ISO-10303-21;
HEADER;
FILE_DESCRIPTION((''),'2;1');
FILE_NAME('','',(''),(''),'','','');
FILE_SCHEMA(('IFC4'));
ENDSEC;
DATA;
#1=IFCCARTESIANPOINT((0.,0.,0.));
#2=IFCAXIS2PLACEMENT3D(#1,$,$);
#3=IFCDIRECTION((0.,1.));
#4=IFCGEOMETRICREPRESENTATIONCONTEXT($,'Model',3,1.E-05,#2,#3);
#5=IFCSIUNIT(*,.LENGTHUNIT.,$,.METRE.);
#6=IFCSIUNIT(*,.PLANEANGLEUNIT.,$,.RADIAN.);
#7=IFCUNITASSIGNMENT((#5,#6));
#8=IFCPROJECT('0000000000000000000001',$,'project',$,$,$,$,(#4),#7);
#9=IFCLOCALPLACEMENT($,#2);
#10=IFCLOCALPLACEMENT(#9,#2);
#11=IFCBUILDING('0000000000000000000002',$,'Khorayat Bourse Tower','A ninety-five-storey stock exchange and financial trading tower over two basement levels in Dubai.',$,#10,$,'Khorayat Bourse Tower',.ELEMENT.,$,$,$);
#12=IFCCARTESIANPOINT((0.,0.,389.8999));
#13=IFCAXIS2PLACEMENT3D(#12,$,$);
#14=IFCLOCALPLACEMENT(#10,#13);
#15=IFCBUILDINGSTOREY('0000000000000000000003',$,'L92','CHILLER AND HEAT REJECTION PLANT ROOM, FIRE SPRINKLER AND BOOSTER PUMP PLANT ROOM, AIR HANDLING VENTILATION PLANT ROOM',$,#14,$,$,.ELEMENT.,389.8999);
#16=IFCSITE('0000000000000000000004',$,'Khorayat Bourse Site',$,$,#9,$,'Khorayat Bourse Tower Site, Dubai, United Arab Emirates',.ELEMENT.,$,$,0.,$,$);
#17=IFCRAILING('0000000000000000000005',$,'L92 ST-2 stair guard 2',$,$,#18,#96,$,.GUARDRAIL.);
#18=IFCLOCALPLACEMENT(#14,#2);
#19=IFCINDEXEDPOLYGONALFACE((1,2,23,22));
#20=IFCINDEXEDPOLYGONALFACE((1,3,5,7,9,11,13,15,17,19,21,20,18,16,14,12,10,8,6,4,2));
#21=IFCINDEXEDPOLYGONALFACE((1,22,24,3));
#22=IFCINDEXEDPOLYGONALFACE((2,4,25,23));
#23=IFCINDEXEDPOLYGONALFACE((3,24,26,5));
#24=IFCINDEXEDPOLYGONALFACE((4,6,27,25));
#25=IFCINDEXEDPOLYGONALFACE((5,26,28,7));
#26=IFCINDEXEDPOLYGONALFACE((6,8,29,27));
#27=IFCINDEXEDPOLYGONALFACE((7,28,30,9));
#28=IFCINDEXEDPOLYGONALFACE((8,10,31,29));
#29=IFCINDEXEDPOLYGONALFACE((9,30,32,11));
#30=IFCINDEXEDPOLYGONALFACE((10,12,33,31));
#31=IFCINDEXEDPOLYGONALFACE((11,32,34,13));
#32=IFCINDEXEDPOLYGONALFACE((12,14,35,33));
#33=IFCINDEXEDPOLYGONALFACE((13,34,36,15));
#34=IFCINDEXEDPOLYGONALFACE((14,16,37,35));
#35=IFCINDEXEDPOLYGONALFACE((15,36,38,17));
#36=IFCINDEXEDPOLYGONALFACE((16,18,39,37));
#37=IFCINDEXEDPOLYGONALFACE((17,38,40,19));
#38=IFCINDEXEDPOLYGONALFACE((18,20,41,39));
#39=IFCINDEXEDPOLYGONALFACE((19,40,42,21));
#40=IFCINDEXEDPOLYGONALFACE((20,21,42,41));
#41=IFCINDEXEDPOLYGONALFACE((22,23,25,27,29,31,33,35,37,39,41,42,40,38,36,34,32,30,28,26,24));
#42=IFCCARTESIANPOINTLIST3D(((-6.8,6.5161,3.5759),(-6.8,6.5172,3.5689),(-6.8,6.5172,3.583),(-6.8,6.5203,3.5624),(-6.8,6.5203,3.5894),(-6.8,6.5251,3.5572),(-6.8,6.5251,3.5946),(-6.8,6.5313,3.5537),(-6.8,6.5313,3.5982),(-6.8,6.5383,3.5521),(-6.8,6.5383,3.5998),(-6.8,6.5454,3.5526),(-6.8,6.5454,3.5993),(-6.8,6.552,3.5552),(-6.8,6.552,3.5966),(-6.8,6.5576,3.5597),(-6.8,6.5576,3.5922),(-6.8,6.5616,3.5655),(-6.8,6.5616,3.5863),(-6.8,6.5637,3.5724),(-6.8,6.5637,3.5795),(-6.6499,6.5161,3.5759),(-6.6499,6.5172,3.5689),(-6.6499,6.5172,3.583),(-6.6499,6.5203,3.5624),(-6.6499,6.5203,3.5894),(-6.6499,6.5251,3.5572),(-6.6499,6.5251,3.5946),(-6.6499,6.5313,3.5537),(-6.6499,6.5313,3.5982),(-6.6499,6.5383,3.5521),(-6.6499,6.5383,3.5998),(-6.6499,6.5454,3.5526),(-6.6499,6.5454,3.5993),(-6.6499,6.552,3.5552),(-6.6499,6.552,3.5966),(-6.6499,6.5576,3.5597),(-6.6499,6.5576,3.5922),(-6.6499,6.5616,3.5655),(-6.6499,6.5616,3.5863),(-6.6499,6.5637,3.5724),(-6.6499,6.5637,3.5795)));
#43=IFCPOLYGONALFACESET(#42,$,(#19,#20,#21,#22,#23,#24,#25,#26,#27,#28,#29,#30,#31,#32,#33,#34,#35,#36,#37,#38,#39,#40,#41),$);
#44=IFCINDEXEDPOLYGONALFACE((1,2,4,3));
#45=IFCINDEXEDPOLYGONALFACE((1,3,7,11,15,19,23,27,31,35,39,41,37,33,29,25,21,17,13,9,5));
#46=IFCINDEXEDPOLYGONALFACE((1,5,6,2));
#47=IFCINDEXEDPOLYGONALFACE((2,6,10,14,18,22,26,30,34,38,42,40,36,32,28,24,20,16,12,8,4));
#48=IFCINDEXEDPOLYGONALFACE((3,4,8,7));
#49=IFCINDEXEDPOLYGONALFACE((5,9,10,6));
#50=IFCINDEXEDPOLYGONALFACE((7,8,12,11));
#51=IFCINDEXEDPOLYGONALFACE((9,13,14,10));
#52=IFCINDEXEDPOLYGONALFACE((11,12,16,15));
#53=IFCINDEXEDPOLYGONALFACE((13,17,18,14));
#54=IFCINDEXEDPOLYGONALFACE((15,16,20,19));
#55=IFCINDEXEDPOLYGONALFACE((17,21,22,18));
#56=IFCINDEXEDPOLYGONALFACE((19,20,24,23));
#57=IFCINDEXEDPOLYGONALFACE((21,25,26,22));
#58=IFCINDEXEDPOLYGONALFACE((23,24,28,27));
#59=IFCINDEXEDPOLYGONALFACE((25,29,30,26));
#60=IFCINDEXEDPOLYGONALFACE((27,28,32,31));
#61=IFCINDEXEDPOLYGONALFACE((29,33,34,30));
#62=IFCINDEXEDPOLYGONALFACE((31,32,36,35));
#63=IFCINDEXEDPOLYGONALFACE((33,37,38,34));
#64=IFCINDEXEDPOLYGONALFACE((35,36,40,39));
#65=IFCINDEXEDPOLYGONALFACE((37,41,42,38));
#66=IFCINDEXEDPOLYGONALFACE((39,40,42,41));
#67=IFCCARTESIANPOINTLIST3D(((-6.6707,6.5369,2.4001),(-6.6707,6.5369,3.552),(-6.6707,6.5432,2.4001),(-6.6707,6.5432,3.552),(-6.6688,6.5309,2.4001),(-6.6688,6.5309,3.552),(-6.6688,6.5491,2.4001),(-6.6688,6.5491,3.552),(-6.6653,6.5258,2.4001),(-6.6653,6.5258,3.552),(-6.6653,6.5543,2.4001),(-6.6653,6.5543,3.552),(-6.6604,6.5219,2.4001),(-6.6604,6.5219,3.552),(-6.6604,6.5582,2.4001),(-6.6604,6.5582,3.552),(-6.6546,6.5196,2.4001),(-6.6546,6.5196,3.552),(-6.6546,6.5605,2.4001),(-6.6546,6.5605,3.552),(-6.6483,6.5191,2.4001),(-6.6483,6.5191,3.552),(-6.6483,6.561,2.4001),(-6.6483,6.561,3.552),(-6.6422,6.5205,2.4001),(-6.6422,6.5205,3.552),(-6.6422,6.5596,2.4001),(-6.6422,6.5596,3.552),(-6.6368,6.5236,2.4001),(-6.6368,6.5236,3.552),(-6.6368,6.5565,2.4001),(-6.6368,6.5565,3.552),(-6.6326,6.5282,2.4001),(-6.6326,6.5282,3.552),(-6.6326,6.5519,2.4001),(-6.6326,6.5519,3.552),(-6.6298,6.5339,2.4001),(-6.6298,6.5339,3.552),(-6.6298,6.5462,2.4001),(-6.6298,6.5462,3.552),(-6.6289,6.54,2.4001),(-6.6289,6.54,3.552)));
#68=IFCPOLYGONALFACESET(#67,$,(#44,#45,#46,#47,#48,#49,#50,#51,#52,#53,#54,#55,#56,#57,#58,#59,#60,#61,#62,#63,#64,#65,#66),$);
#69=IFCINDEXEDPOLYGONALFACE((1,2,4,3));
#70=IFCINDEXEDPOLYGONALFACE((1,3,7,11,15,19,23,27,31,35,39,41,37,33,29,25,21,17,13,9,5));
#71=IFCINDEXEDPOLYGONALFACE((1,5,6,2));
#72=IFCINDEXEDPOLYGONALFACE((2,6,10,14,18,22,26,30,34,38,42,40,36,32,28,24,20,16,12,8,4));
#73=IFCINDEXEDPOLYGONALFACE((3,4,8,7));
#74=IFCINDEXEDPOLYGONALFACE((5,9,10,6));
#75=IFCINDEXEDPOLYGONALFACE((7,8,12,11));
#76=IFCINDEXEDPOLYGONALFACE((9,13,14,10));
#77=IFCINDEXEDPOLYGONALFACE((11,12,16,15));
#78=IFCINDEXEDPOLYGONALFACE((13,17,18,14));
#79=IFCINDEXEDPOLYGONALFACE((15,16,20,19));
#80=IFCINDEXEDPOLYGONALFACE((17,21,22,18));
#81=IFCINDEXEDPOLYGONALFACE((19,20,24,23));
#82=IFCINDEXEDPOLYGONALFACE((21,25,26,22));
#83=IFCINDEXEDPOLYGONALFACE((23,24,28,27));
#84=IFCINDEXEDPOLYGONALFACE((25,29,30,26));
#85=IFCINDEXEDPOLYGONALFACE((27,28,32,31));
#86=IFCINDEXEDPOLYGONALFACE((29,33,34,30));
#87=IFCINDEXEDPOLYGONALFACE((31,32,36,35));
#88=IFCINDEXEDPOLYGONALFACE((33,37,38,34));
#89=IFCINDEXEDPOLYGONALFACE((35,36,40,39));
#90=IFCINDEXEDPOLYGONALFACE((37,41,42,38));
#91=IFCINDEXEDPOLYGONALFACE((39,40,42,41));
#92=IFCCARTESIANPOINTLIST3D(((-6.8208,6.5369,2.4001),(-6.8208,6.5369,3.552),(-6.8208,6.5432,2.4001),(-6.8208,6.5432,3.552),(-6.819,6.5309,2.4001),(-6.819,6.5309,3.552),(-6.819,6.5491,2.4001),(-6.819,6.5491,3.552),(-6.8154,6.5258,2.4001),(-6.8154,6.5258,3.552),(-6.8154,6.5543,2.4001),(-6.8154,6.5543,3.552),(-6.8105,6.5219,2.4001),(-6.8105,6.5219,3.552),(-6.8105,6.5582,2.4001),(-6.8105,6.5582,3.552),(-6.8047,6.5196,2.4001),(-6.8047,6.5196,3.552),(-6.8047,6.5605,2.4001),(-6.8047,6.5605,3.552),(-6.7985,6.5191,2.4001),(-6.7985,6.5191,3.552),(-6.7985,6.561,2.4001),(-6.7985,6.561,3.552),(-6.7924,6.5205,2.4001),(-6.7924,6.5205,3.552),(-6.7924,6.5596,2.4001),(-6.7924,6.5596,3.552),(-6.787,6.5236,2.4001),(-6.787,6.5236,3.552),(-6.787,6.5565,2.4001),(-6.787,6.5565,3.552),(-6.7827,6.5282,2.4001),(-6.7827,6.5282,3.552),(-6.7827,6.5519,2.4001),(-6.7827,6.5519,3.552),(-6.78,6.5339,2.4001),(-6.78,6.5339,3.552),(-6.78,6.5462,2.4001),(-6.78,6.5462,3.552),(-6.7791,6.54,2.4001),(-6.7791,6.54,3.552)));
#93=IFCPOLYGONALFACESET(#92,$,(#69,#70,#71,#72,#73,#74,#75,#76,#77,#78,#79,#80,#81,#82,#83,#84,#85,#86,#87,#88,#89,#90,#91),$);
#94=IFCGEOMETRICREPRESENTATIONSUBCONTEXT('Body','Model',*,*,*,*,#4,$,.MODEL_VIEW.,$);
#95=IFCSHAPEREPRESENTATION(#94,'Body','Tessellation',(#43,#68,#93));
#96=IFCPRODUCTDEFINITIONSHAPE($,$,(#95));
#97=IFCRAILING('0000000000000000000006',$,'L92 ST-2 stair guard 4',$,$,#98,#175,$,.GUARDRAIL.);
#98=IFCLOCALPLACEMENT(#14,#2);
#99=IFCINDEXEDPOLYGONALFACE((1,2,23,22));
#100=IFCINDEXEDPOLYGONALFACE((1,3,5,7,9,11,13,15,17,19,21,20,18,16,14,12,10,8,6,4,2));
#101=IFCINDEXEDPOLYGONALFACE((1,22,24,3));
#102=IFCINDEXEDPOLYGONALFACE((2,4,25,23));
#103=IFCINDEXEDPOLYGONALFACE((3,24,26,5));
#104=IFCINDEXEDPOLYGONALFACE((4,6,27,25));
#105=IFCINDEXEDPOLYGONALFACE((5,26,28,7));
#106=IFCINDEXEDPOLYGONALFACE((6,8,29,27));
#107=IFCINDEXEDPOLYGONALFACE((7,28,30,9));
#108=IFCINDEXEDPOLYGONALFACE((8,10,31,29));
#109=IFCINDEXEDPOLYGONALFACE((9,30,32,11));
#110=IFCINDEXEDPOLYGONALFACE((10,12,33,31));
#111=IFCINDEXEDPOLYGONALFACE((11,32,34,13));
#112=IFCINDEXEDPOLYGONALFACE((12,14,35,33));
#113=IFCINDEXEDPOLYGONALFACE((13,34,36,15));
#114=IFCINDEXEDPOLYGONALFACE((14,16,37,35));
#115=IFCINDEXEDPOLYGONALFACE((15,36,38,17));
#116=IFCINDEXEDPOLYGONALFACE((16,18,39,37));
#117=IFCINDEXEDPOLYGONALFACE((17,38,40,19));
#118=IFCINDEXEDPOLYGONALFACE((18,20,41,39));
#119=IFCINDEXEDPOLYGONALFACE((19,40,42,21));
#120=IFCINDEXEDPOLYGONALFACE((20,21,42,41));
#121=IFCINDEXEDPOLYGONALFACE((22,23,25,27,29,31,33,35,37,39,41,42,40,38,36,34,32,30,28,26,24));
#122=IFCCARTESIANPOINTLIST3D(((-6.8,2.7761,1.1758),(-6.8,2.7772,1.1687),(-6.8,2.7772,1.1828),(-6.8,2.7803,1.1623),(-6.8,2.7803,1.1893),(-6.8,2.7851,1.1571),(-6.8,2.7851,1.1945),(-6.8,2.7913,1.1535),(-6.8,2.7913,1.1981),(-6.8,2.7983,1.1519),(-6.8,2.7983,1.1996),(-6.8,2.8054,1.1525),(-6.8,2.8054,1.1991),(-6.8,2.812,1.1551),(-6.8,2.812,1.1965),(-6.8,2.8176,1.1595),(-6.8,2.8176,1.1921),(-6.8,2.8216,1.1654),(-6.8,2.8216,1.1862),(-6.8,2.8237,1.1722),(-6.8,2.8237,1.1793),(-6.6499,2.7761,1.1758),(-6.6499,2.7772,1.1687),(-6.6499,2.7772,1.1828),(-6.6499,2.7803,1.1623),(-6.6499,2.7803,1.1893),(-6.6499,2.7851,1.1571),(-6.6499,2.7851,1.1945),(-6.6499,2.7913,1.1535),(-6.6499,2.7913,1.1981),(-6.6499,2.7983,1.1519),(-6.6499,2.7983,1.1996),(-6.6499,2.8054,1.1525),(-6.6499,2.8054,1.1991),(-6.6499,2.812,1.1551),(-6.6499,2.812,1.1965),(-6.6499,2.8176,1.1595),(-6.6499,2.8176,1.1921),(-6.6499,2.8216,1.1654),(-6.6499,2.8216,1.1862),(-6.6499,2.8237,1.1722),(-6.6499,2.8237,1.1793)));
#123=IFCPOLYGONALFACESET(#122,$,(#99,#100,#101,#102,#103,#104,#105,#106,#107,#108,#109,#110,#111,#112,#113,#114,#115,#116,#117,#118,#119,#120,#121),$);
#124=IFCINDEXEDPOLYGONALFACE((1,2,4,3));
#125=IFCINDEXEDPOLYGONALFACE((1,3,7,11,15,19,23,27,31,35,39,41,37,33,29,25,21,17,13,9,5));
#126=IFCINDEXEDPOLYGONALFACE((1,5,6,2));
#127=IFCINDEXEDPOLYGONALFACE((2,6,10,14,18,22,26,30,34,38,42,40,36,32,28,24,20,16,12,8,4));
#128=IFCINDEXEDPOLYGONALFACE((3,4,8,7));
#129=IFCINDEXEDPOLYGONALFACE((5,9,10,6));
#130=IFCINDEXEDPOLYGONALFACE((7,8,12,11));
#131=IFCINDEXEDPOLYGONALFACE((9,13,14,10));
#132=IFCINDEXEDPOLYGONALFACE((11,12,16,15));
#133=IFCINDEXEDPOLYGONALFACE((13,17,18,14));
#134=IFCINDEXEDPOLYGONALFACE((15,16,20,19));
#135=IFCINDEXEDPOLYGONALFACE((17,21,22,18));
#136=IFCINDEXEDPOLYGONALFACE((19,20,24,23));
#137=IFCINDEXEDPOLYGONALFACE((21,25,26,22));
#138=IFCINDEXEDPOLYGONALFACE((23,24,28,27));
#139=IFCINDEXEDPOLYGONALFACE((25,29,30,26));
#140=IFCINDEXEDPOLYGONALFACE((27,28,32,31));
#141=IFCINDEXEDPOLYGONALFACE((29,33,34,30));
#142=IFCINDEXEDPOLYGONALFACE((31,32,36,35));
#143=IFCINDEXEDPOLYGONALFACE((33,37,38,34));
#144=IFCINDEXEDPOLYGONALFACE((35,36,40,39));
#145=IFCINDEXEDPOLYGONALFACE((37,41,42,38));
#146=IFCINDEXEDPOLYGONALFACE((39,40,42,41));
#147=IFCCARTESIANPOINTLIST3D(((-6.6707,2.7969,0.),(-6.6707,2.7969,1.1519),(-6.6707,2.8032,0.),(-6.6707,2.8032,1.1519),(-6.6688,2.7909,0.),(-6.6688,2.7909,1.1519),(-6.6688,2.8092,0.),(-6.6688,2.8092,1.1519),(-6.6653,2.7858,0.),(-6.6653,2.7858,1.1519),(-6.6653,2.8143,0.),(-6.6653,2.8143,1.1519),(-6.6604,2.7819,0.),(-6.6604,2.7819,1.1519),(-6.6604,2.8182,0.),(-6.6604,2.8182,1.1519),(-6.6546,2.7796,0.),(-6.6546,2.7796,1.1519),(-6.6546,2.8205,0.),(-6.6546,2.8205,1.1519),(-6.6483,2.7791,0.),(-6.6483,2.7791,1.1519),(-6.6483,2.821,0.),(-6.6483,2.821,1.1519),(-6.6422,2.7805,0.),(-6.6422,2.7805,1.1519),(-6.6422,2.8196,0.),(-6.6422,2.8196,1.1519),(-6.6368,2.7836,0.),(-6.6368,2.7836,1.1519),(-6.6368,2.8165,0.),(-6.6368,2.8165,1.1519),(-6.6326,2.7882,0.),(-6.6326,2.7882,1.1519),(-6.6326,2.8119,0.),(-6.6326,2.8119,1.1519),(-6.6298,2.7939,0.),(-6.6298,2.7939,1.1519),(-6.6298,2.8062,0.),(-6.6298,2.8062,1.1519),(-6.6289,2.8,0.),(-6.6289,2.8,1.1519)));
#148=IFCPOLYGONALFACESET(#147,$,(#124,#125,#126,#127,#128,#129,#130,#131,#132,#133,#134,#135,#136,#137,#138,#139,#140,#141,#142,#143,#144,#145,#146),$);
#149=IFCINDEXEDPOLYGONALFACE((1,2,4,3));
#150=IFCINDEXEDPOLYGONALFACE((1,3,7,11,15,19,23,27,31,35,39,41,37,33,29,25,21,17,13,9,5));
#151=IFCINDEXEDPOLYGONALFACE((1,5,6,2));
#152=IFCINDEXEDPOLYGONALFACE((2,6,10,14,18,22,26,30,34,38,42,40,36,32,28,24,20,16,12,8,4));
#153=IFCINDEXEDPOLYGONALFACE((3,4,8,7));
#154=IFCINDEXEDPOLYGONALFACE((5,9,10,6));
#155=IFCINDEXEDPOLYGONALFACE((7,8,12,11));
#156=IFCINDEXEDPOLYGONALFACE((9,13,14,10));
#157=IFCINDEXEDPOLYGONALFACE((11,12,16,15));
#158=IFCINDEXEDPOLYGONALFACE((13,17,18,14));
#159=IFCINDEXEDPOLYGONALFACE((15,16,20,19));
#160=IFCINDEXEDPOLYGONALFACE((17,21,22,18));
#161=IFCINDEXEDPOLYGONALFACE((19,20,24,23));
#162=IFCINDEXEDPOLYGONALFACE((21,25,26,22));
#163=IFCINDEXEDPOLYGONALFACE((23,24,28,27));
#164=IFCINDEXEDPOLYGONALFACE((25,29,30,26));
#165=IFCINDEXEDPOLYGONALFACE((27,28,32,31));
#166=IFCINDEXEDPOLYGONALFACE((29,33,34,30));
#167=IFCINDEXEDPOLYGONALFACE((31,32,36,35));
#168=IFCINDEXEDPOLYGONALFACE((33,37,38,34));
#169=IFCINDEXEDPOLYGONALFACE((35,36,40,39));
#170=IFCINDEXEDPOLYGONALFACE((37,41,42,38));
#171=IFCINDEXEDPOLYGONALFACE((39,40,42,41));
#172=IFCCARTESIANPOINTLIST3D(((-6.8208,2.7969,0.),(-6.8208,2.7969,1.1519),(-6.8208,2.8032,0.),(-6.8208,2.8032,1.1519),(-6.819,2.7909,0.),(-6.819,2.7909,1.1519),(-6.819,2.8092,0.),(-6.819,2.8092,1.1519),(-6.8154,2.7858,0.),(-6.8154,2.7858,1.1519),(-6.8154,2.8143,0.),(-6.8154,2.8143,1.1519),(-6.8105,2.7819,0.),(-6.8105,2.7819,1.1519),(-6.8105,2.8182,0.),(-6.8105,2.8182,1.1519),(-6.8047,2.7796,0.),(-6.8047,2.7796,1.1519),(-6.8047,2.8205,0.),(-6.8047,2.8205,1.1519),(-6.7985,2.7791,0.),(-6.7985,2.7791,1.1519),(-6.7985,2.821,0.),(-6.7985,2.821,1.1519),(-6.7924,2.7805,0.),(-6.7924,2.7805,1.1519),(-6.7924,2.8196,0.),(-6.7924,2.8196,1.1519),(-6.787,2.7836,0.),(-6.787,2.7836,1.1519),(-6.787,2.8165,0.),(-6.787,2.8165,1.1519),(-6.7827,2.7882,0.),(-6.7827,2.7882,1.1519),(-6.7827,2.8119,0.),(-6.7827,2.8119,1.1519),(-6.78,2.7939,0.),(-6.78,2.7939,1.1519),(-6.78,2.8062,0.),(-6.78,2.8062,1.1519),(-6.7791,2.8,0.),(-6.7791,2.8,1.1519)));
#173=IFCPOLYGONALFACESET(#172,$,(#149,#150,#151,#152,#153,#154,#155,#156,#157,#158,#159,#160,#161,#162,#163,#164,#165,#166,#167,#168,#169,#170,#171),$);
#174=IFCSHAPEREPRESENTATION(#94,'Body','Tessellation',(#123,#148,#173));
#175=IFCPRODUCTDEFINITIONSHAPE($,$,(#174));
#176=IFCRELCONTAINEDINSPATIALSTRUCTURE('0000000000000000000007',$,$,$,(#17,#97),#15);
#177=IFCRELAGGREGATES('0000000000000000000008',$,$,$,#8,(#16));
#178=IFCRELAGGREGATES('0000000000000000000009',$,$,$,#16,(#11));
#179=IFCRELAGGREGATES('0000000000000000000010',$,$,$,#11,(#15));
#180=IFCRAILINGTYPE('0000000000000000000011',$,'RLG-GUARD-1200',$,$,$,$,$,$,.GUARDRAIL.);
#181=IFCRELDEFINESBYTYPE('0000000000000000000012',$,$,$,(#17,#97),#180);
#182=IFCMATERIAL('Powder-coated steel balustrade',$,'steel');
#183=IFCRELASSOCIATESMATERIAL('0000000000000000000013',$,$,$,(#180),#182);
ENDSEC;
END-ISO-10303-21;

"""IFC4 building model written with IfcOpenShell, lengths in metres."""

from ifc_helpers import new_model, si_unit, direction, frame, origin, origin_2d, place, context, subcontext, project, spatial, circle, extrude, source, transform, mapped, material, type_object, element, save


model = new_model("IFC4")

# Units and contexts
model_context = context("Model", 3, precision=1e-05, world=origin(), true_north=direction((0.0, 1.0)))
body_context = subcontext(model_context, "Body", "Model", "MODEL_VIEW")
ifc_project = project(units=[si_unit("LENGTHUNIT", "METRE"), si_unit("PLANEANGLEUNIT", "RADIAN")], contexts=[model_context])

# Site, building, storey
site_placement = place(None, origin())
site = spatial("IfcSite", under=ifc_project, at=site_placement, Name="Khorayat Bourse Site", LongName="Khorayat Bourse Tower Site, Dubai, United Arab Emirates", CompositionType="ELEMENT", RefElevation=0.0)
building_placement = place(site_placement, origin())
building = spatial("IfcBuilding", under=site, at=building_placement, Name="Khorayat Bourse Tower", Description="A ninety-five-storey stock exchange and financial trading tower over two basement levels in Dubai.", LongName="Khorayat Bourse Tower", CompositionType="ELEMENT")
storey_placement = place(building_placement, frame((0.0, 0.0, 389.8999)))
storey = spatial("IfcBuildingStorey", under=building, at=storey_placement, Name="L92", Description="CHILLER AND HEAT REJECTION PLANT ROOM, FIRE SPRINKLER AND BOOSTER PUMP PLANT ROOM, AIR HANDLING VENTILATION PLANT ROOM", CompositionType="ELEMENT", Elevation=389.8999)

# Railings
ifc_material_1 = material(Name="Powder-coated steel balustrade", Category="steel")
railing_type_1 = type_object("IfcRailingType", Name="RLG-GUARD-1200", PredefinedType="GUARDRAIL", material=ifc_material_1)
shared_shape_1 = source(origin(), body_context, "Body", "SweptSolid", [
    extrude(circle(Radius=0.0239, at=origin_2d()), frame((0.0, 0.0, 1.1758), z_axis=(-1.0, 0.0, 0.0), x_axis=(0.0, -1.0, 0.0)), (0.0, 0.0, 1.0), 0.1501),
    extrude(circle(Radius=0.021, at=origin_2d()), origin(), (0.0, 0.0, 1.0), 1.1519),
    extrude(circle(Radius=0.021, at=origin_2d()), frame((-0.1501, 0.0, 0.0)), (0.0, 0.0, 1.0), 1.1519),
])
for number, where, name in (
    (1, (-6.6499, 6.54, 2.4001), "L92 ST-2 stair guard 2"),
    (2, (-6.6499, 2.8, 0.0), "L92 ST-2 stair guard 4"),
):
    element("IfcRailing", number, at=place(storey_placement, frame(where)), inside=storey, type_object=railing_type_1, Name=name, PredefinedType="GUARDRAIL", context=body_context, shape_type="MappedRepresentation", body=[
        mapped(shared_shape_1, transform((0.0, 0.0, 0.0), scale=1.0)),
    ])

save(model, "model.ifc")
